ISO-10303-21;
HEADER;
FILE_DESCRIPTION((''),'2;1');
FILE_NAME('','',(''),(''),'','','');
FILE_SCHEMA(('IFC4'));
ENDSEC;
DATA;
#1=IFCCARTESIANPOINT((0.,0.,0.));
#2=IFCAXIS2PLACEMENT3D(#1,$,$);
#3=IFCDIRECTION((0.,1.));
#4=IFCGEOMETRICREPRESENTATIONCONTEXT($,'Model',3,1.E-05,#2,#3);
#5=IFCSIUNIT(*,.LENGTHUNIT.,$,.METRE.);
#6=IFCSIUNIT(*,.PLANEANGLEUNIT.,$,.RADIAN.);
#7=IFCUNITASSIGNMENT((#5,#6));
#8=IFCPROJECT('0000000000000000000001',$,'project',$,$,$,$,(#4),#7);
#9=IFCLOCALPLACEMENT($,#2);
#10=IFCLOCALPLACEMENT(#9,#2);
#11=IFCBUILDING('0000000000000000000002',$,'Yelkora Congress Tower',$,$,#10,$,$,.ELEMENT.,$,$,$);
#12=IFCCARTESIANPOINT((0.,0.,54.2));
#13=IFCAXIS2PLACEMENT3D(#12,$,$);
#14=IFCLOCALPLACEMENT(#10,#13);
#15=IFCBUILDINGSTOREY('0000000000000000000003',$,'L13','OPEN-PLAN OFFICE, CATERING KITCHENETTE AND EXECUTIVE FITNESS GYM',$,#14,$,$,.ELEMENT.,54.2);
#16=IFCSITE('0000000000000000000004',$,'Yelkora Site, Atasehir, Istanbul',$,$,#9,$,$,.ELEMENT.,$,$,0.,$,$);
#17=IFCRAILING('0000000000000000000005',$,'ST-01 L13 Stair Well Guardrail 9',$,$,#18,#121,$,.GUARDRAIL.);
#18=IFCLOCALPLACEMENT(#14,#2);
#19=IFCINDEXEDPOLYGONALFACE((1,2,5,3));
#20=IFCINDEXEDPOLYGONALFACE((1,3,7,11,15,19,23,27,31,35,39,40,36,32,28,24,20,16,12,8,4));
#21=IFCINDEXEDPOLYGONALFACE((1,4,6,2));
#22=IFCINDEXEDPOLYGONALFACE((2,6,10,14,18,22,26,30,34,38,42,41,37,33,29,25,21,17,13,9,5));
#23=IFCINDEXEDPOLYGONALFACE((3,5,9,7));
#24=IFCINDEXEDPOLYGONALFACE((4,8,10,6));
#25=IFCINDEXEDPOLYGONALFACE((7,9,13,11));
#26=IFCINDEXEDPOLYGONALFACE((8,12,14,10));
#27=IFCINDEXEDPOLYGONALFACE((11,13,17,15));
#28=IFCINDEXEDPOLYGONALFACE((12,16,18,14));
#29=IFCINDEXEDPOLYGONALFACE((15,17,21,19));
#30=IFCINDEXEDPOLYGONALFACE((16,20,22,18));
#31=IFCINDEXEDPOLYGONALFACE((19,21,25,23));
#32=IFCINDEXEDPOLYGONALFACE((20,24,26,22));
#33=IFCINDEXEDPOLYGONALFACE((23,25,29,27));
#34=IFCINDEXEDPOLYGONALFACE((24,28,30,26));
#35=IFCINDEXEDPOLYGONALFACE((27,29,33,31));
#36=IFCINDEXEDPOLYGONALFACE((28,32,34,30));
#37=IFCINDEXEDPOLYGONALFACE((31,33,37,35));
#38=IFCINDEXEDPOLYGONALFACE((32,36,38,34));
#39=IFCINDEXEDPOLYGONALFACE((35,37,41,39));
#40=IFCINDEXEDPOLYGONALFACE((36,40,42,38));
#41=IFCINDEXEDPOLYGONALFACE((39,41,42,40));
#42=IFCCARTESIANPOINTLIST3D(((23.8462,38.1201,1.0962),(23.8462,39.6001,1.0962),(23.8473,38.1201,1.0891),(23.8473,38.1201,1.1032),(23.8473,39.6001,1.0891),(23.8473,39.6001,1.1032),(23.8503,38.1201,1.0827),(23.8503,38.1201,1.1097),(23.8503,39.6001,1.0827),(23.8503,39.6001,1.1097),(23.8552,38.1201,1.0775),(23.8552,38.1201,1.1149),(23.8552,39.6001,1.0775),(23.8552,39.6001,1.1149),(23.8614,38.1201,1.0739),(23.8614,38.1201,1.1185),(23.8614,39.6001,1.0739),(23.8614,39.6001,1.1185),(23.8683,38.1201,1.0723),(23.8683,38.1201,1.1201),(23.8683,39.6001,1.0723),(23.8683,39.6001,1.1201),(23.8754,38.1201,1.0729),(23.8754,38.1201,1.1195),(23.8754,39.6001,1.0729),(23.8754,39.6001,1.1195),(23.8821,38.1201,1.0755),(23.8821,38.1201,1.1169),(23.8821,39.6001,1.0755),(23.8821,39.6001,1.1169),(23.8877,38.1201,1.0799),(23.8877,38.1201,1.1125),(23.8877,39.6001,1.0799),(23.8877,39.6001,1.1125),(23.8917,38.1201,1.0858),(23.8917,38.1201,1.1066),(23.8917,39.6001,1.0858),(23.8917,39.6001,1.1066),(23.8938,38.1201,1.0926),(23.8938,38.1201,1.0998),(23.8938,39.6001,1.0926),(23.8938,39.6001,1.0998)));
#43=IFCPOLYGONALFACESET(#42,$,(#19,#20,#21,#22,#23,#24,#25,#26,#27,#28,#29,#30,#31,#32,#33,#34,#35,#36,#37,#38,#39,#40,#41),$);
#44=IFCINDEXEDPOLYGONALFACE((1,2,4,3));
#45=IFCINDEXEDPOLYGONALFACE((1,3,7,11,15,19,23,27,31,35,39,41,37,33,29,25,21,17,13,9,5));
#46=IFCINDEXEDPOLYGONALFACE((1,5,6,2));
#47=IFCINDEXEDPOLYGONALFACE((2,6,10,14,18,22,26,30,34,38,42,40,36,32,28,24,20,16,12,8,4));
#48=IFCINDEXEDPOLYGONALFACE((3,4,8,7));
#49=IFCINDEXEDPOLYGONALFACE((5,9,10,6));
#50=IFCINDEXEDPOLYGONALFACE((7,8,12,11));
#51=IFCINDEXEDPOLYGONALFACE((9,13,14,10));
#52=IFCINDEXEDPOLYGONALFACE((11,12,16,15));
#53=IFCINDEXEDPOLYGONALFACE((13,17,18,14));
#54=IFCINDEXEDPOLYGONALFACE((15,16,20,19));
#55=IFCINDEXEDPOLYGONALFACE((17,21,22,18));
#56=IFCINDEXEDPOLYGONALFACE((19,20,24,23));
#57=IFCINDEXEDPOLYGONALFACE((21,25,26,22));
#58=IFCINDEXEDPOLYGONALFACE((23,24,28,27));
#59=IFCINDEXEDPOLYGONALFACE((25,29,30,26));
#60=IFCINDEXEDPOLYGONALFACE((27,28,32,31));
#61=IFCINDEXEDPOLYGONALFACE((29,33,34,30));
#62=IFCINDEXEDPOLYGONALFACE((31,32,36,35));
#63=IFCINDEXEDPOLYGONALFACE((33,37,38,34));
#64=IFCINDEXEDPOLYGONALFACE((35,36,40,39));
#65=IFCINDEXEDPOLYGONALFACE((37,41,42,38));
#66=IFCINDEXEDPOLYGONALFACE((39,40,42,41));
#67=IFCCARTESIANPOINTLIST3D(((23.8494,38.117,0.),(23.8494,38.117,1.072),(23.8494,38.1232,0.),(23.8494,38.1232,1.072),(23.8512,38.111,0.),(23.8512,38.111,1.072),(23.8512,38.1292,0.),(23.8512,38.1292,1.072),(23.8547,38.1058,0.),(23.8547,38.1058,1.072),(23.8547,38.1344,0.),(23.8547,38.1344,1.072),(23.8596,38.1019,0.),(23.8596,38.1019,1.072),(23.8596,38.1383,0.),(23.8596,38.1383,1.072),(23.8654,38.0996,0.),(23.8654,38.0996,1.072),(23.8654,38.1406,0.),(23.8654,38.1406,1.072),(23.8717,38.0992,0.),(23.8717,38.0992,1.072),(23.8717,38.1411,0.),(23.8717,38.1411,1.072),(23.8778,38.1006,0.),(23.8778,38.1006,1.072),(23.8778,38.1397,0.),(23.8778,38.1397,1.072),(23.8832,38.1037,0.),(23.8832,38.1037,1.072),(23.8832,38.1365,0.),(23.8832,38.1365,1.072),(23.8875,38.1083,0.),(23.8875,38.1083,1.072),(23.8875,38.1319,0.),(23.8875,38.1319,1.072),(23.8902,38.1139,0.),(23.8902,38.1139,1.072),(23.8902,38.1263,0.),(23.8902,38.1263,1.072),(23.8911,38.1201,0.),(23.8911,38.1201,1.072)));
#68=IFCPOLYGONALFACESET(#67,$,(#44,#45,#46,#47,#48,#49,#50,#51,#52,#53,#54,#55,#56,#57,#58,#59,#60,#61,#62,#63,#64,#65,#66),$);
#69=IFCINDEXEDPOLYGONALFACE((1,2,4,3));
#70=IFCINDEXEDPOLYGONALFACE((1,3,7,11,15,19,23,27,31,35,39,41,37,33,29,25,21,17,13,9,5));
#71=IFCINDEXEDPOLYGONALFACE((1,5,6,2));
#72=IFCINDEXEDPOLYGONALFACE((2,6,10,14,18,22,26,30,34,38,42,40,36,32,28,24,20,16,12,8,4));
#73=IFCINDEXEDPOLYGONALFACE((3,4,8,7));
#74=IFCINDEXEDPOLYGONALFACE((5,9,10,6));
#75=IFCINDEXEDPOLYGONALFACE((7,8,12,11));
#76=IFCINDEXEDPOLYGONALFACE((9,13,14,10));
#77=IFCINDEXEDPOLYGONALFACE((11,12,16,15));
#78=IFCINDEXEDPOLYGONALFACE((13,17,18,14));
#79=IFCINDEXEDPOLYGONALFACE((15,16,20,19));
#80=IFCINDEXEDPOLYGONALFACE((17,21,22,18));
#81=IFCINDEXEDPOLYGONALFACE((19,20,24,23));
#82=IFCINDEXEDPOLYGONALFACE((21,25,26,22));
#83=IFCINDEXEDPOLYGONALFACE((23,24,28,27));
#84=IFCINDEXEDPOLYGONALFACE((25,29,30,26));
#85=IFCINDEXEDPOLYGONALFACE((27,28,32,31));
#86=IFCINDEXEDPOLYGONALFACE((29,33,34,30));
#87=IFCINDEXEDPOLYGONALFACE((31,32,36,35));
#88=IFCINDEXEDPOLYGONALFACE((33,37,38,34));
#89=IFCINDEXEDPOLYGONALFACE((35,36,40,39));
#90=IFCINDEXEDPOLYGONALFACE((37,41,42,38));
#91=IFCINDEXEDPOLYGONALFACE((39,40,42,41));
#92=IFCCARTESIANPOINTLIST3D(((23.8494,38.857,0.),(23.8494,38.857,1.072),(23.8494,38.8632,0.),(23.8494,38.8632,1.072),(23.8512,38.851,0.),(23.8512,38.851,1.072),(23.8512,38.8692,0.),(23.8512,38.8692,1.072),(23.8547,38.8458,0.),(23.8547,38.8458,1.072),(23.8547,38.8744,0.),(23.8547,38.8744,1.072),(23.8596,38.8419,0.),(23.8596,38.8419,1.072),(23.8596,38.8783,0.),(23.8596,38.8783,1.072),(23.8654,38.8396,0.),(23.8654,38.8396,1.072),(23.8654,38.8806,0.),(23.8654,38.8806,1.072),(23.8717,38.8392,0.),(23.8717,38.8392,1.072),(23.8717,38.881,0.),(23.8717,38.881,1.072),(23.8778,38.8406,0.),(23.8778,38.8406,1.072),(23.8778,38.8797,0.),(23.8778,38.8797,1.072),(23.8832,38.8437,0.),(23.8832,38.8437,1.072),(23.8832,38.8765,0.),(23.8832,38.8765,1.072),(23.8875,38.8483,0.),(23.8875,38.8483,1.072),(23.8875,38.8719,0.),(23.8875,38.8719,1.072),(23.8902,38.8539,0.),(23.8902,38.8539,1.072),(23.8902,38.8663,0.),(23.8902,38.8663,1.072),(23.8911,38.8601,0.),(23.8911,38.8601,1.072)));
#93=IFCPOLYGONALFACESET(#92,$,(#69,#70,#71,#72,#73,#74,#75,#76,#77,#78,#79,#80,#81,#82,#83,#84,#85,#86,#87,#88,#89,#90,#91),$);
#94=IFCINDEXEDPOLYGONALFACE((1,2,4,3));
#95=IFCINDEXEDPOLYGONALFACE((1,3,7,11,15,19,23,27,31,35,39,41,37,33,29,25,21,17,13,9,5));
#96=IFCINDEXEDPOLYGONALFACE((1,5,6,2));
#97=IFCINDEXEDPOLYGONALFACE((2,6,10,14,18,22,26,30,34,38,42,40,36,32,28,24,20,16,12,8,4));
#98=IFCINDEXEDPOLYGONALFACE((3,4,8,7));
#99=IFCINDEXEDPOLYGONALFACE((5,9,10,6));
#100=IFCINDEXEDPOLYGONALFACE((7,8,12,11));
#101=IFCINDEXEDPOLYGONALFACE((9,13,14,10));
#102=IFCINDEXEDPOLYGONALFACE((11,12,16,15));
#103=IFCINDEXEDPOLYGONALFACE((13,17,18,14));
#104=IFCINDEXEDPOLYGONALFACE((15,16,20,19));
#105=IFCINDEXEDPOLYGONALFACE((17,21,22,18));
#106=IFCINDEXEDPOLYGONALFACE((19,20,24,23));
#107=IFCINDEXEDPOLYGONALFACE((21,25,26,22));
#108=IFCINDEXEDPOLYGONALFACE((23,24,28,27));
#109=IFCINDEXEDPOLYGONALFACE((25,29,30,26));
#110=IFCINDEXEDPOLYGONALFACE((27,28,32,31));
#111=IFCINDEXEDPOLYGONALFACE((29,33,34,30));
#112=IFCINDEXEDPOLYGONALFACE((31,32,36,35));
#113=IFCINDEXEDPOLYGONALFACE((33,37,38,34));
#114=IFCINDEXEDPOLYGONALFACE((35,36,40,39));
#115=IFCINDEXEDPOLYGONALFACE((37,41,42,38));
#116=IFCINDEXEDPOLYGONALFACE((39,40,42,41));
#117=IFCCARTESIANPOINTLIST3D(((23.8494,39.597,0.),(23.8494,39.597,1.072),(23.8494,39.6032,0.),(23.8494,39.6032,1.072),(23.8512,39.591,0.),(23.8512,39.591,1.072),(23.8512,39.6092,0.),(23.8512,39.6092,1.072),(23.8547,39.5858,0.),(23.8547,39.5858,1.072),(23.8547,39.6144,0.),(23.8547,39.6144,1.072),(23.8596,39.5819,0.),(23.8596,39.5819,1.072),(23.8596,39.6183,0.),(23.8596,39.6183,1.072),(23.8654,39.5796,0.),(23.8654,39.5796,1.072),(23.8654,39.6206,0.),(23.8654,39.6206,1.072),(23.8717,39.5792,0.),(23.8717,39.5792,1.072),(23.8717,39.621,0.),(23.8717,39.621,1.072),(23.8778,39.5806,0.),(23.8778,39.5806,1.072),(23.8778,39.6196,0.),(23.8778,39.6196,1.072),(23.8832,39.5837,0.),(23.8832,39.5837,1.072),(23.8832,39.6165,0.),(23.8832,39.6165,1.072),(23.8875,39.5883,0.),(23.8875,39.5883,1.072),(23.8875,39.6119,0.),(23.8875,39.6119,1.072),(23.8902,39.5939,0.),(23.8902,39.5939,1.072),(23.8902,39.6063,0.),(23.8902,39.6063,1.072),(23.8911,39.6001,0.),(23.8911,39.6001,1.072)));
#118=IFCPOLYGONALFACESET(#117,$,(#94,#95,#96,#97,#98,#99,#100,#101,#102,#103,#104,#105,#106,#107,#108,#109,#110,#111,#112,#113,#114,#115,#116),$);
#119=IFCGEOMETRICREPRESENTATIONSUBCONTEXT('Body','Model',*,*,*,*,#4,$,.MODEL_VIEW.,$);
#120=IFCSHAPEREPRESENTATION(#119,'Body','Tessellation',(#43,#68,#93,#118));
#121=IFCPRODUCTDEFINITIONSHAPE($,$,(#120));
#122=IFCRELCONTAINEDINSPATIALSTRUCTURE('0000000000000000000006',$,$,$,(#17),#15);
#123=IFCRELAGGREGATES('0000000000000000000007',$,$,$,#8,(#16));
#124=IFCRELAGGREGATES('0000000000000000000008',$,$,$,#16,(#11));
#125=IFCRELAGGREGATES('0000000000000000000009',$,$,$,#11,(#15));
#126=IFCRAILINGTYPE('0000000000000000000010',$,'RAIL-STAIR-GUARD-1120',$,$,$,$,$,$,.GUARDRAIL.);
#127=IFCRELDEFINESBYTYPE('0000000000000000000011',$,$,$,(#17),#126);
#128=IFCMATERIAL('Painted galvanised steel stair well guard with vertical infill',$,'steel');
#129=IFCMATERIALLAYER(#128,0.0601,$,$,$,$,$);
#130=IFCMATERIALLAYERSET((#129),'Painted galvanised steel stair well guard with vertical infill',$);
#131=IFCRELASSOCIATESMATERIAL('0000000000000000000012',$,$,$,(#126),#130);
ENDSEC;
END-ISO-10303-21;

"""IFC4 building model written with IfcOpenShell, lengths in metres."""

from ifc_helpers import new_model, si_unit, direction, frame, origin, origin_2d, place, context, subcontext, project, spatial, circle, extrude, material, layer, layer_set, type_object, element, save


model = new_model("IFC4")

# Units and contexts
model_context = context("Model", 3, precision=1e-05, world=origin(), true_north=direction((0.0, 1.0)))
body_context = subcontext(model_context, "Body", "Model", "MODEL_VIEW")
ifc_project = project(units=[si_unit("LENGTHUNIT", "METRE"), si_unit("PLANEANGLEUNIT", "RADIAN")], contexts=[model_context])

# Site, building, storey
site_placement = place(None, origin())
site = spatial("IfcSite", under=ifc_project, at=site_placement, Name="Yelkora Site, Atasehir, Istanbul", CompositionType="ELEMENT", RefElevation=0.0)
building_placement = place(site_placement, origin())
building = spatial("IfcBuilding", under=site, at=building_placement, Name="Yelkora Congress Tower", CompositionType="ELEMENT")
storey_placement = place(building_placement, frame((0.0, 0.0, 54.2)))
storey = spatial("IfcBuildingStorey", under=building, at=storey_placement, Name="L13", Description="OPEN-PLAN OFFICE, CATERING KITCHENETTE AND EXECUTIVE FITNESS GYM", CompositionType="ELEMENT", Elevation=54.2)

# Railing
ifc_material_1 = material(Name="Painted galvanised steel stair well guard with vertical infill", Category="steel")
ifc_layer_1 = layer(ifc_material_1, 0.0601)
ifc_layer_set_1 = layer_set([ifc_layer_1], Name="Painted galvanised steel stair well guard with vertical infill")
railing_type_1 = type_object("IfcRailingType", Name="RAIL-STAIR-GUARD-1120", PredefinedType="GUARDRAIL", material=ifc_layer_set_1)
for number, where, name in (
    (1, (23.8701, 38.1201, 0.0), "ST-01 L13 Stair Well Guardrail 9"),
):
    element("IfcRailing", number, at=place(storey_placement, frame(where)), inside=storey, type_object=railing_type_1, Name=name, PredefinedType="GUARDRAIL", context=body_context, shape_type="SweptSolid", body=[
        extrude(circle(Radius=0.0239, at=origin_2d()), frame((0.0, 0.0, 1.0962), z_axis=(0.0, 1.0, 0.0), x_axis=(-1.0, 0.0, 0.0)), (0.0, 0.0, 1.0), 1.48),
        extrude(circle(Radius=0.021, at=origin_2d()), origin(), (0.0, 0.0, 1.0), 1.072),
        extrude(circle(Radius=0.021, at=origin_2d()), frame((0.0, 0.74, 0.0)), (0.0, 0.0, 1.0), 1.072),
        extrude(circle(Radius=0.021, at=origin_2d()), frame((0.0, 1.48, 0.0)), (0.0, 0.0, 1.0), 1.072),
    ])

save(model, "model.ifc")
